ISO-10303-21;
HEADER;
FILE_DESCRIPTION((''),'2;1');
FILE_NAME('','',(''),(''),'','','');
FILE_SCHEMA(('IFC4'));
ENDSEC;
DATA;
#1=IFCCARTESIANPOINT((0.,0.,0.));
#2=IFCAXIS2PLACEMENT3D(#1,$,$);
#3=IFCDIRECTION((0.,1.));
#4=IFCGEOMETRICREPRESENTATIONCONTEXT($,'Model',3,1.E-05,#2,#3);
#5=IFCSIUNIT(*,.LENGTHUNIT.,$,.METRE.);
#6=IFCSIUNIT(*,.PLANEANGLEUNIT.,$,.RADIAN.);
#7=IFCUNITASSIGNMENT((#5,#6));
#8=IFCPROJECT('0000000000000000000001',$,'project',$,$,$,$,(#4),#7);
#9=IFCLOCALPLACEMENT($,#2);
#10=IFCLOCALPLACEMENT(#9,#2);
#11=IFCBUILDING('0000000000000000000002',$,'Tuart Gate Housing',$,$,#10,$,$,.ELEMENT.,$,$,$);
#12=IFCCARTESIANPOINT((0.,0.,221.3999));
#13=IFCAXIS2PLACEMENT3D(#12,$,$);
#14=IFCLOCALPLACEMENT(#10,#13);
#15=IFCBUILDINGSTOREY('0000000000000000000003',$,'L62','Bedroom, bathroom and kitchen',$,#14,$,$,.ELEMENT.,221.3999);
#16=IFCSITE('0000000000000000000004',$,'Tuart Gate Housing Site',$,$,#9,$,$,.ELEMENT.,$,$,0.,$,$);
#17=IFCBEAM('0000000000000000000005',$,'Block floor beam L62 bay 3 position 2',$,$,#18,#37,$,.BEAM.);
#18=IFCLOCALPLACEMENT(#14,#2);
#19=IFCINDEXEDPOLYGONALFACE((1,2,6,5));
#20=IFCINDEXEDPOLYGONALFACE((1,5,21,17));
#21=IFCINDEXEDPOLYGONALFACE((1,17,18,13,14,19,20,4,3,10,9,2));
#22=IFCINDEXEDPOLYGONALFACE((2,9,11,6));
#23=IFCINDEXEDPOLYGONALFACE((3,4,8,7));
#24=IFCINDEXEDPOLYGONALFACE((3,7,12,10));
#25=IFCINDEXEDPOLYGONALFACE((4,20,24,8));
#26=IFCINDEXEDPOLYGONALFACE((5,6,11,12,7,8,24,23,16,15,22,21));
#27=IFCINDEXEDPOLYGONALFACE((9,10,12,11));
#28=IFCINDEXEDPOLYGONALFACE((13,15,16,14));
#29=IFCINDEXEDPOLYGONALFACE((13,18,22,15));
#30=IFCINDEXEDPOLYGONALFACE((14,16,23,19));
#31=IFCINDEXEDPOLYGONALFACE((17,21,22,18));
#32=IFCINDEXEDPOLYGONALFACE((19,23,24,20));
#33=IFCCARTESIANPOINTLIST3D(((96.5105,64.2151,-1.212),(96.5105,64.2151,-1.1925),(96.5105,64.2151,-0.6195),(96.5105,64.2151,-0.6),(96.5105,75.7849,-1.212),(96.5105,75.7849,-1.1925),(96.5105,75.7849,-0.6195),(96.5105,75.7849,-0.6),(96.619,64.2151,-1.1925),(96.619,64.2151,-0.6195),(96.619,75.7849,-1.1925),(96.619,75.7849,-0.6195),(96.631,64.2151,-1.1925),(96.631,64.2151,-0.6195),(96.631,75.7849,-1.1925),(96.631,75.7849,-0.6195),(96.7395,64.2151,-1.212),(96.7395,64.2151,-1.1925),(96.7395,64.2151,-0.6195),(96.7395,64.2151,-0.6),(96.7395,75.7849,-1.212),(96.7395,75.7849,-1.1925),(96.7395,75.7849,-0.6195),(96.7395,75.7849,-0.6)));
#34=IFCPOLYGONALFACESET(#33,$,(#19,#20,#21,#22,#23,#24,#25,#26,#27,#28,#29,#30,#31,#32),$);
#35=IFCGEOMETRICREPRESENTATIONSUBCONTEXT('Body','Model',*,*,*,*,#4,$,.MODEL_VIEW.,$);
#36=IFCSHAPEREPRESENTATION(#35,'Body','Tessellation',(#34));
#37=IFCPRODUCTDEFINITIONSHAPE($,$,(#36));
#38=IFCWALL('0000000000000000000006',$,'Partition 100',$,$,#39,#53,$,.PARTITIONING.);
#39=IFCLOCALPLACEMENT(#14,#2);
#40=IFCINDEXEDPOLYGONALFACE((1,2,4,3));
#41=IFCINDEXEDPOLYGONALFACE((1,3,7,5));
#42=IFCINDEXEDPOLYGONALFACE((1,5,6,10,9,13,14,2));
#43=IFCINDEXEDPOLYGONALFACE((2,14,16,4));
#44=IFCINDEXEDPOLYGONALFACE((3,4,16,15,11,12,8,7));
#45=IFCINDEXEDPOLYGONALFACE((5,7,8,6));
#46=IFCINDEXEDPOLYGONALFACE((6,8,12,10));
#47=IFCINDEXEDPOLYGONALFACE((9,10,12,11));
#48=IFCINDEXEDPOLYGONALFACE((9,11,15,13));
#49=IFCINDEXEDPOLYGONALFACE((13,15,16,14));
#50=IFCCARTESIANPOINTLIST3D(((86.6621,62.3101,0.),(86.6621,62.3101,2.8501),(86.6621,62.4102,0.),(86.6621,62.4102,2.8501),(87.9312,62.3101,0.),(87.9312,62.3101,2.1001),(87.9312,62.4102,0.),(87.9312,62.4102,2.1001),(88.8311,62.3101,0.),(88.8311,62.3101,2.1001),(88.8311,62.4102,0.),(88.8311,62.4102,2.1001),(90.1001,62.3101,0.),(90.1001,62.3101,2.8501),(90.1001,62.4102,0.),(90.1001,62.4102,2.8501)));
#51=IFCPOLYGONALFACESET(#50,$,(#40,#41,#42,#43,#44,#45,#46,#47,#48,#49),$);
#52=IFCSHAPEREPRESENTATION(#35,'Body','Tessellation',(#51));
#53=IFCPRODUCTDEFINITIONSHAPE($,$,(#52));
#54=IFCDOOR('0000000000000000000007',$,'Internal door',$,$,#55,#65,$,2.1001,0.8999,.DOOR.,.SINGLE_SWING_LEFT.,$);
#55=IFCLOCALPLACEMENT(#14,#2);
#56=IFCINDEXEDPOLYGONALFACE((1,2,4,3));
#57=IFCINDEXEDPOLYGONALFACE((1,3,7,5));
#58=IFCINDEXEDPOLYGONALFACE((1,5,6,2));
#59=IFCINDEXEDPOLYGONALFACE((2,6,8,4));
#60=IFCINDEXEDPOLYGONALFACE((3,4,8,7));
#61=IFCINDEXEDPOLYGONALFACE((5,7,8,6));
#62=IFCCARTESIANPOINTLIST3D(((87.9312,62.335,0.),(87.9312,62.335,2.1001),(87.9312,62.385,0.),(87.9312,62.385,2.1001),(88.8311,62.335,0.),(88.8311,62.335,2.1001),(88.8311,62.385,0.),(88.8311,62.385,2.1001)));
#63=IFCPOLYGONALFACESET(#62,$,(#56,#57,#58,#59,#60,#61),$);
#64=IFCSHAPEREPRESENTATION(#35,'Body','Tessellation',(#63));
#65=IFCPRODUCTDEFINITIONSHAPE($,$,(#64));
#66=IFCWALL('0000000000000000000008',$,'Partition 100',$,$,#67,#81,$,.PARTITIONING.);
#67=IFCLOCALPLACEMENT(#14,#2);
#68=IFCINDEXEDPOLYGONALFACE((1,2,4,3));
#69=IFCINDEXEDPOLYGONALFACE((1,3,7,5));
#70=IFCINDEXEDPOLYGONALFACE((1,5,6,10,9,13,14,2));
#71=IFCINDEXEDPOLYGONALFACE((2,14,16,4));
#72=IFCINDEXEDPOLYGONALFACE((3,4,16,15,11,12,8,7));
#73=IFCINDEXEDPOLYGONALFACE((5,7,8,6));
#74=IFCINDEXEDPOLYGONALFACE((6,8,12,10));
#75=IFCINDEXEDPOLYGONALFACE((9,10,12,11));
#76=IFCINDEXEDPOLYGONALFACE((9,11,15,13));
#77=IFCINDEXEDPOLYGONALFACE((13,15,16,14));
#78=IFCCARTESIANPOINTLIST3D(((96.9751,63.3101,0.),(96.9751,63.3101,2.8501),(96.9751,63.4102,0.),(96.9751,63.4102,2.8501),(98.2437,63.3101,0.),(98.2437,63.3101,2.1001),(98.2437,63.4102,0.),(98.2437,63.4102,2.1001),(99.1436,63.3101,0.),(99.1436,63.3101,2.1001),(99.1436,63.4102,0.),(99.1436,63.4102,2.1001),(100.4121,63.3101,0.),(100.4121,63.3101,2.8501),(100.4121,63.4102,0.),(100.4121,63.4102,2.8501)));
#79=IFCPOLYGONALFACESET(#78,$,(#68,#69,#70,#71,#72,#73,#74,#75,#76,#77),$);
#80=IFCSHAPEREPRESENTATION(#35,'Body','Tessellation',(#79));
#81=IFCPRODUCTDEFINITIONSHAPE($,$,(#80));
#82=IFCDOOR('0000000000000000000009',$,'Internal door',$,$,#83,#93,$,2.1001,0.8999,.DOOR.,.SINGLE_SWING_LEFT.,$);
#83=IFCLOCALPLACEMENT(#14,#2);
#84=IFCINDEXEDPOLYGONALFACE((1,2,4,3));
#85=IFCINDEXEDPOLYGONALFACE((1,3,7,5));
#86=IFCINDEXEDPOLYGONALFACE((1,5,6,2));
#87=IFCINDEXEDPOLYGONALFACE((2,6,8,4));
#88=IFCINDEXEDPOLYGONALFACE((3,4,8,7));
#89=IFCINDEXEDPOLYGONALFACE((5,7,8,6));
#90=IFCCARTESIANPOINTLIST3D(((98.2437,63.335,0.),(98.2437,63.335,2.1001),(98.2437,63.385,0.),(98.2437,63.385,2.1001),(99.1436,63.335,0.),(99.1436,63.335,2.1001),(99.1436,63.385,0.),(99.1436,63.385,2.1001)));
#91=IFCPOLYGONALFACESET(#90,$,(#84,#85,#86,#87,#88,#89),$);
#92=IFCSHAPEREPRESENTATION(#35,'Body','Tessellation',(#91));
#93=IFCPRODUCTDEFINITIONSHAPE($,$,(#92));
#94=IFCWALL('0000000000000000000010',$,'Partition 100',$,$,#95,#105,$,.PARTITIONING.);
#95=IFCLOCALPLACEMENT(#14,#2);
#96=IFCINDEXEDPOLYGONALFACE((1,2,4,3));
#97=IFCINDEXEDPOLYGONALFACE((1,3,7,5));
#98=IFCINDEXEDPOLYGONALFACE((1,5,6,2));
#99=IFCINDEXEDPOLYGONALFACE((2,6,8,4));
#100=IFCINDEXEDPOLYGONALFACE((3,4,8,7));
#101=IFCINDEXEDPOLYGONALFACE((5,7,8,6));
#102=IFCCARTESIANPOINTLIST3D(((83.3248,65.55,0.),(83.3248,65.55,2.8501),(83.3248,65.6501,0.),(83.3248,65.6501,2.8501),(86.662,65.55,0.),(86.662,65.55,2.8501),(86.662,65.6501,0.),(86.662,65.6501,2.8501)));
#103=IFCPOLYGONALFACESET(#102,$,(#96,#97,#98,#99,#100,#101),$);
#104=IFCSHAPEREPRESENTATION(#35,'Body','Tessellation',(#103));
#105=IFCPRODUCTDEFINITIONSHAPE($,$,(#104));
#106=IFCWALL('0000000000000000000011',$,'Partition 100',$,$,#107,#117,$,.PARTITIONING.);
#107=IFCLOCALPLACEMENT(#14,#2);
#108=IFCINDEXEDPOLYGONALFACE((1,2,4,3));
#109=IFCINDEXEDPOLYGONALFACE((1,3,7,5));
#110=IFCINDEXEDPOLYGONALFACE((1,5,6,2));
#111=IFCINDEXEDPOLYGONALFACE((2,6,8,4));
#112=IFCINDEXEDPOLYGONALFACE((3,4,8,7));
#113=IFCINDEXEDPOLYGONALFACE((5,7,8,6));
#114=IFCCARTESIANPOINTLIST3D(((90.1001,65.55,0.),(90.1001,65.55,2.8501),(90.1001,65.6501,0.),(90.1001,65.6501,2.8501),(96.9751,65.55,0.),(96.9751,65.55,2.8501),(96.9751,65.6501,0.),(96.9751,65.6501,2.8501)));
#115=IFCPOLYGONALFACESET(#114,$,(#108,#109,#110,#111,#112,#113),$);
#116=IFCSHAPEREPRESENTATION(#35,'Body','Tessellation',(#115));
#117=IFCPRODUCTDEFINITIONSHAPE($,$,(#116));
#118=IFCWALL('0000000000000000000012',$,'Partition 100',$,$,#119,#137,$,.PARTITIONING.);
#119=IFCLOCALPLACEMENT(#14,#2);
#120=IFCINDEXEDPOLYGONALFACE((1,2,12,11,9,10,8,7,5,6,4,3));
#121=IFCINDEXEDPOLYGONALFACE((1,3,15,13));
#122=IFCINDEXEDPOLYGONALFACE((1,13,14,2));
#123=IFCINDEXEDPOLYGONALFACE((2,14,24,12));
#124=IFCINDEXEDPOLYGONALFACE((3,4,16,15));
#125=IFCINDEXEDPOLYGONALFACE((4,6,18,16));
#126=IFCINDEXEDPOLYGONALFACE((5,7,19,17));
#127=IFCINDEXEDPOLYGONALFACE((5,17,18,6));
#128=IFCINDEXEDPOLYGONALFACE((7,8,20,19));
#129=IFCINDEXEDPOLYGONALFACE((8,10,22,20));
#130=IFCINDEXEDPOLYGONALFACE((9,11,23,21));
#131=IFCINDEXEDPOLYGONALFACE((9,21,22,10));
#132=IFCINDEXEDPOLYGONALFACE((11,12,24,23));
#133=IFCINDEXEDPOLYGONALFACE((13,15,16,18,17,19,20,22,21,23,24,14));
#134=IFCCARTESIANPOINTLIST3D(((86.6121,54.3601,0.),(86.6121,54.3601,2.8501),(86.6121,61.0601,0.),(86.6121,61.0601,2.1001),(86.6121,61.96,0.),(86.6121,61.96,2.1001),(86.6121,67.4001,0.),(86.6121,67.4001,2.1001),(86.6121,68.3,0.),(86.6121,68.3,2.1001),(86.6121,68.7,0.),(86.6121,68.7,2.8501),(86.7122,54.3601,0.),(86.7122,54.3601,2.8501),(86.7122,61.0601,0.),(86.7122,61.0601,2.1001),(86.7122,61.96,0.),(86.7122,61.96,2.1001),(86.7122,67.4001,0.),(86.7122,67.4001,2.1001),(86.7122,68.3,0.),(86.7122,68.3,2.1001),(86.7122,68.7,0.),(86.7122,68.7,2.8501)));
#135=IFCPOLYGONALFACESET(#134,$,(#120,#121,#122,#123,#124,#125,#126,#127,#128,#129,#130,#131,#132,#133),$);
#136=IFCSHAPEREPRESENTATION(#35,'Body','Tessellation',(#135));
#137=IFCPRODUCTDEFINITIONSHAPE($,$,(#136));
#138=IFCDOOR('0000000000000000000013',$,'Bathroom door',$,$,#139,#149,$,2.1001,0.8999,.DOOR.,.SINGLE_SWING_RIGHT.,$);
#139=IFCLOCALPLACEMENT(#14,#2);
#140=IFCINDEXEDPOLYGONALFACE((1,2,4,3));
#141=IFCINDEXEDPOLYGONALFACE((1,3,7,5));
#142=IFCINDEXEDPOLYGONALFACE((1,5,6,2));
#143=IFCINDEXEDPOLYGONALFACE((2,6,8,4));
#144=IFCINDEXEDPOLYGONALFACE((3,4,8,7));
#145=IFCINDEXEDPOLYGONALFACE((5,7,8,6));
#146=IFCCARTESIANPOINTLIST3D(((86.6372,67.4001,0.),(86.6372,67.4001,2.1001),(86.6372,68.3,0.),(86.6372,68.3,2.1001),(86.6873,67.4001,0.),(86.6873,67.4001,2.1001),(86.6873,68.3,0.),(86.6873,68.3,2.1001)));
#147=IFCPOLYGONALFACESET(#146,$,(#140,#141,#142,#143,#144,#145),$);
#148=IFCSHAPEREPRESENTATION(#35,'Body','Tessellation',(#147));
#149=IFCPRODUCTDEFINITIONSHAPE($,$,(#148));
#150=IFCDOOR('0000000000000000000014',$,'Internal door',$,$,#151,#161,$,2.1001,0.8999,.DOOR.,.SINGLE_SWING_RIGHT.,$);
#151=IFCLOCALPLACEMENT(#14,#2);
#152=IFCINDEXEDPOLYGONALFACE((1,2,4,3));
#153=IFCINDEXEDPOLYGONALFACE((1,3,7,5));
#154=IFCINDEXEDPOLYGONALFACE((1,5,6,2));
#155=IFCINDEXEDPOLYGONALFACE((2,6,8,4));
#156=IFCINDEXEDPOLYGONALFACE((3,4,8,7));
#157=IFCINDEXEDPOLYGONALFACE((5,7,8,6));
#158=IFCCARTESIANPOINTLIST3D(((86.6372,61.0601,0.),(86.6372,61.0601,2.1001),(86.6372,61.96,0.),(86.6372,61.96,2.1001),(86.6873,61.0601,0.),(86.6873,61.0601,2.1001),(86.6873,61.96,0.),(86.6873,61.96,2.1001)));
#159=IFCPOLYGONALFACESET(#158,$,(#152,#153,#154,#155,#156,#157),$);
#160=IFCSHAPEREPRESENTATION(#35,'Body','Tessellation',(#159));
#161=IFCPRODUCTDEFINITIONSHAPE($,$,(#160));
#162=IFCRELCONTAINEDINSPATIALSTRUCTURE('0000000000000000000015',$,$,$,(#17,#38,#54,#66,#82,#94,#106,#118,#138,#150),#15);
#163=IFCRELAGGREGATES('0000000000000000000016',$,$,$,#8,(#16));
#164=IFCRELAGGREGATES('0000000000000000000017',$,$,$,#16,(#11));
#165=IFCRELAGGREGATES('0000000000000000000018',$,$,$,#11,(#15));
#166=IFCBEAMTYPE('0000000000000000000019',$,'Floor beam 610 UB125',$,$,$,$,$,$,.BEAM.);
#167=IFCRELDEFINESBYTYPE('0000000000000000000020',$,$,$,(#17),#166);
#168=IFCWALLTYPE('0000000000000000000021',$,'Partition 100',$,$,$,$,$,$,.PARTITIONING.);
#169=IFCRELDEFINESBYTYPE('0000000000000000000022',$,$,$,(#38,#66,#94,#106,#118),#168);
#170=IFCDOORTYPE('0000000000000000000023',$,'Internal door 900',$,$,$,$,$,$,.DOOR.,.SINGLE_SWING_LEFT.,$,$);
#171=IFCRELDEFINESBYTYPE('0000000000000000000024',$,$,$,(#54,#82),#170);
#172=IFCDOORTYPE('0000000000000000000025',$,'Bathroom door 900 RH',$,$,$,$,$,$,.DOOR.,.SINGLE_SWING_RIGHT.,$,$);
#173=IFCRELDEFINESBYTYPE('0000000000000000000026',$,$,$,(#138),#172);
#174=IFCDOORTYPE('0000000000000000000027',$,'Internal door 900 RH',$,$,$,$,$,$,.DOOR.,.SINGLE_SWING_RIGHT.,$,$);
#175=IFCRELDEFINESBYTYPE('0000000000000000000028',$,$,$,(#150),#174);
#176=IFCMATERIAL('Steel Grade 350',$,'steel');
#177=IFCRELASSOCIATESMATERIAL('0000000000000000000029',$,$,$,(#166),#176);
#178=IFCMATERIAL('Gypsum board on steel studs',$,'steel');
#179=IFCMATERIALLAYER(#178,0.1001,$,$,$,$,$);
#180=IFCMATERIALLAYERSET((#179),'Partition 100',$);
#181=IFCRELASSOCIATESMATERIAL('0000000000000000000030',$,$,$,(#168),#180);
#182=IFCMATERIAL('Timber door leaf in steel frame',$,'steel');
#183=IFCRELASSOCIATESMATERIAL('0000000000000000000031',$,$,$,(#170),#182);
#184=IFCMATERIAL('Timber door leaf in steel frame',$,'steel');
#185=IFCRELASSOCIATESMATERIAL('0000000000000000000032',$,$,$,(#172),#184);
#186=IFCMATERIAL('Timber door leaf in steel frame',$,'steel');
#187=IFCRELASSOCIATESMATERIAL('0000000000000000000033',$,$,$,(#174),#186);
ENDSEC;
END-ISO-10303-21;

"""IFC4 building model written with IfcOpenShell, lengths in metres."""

from ifc_helpers import new_model, si_unit, direction, frame, frame_2d, origin, origin_2d, place, context, subcontext, project, spatial, rectangle, i_section, extrude, material, layer, layer_set, material_profile, profile_set, type_object, element, fill, save


model = new_model("IFC4")

# Units and contexts
model_context = context("Model", 3, precision=1e-05, world=origin(), true_north=direction((0.0, 1.0)))
body_context = subcontext(model_context, "Body", "Model", "MODEL_VIEW")
ifc_project = project(units=[si_unit("LENGTHUNIT", "METRE"), si_unit("PLANEANGLEUNIT", "RADIAN")], contexts=[model_context])

# Site, building, storey
site_placement = place(None, origin())
site = spatial("IfcSite", under=ifc_project, at=site_placement, Name="Tuart Gate Housing Site", CompositionType="ELEMENT", RefElevation=0.0)
building_placement = place(site_placement, origin())
building = spatial("IfcBuilding", under=site, at=building_placement, Name="Tuart Gate Housing", CompositionType="ELEMENT")
storey_placement = place(building_placement, frame((0.0, 0.0, 221.3999)))
storey = spatial("IfcBuildingStorey", under=building, at=storey_placement, Name="L62", Description="Bedroom, bathroom and kitchen", CompositionType="ELEMENT", Elevation=221.3999)

# Beam
ifc_material_1 = material(Name="Steel Grade 350", Category="steel")
ifc_material_profile_1 = material_profile(ifc_material_1, i_section(OverallWidth=0.229, OverallDepth=0.6121, WebThickness=0.012, FlangeThickness=0.0195, at=origin_2d()), Name="610UB125")
ifc_profile_set_1 = profile_set([ifc_material_profile_1], Name="Steel Grade 350")
beam_type_1 = type_object("IfcBeamType", Name="Floor beam 610 UB125", PredefinedType="BEAM", material=ifc_profile_set_1)
for number, where, z_axis, x_axis, name in (
    (1, (96.625, 64.2151, -0.906), (0.0, 1.0, 0.0), (-1.0, 0.0, 0.0), "Block floor beam L62 bay 3 position 2"),
):
    element("IfcBeam", number, at=place(storey_placement, frame(where, z_axis=z_axis, x_axis=x_axis)), inside=storey, type_object=beam_type_1, Name=name, PredefinedType="BEAM", context=body_context, shape_type="SweptSolid", body=[
        extrude(i_section(OverallWidth=0.229, OverallDepth=0.6121, WebThickness=0.012, FlangeThickness=0.0195, at=origin_2d()), origin(), (0.0, 0.0, 1.0), 11.5698),
    ])

# Walls, openings, doors
ifc_material_2 = material(Name="Gypsum board on steel studs", Category="steel")
ifc_layer_1 = layer(ifc_material_2, 0.1001)
ifc_layer_set_1 = layer_set([ifc_layer_1], Name="Partition 100")
wall_type_1 = type_object("IfcWallType", Name="Partition 100", PredefinedType="PARTITIONING", material=ifc_layer_set_1)
wall_1_placement = place(storey_placement, frame((86.6621, 62.3601, 0.0), z_axis=(0.0, 0.0, 1.0), x_axis=(1.0, 0.0, 0.0)))
wall_1 = element("IfcWall", 2, at=wall_1_placement, inside=storey, type_object=wall_type_1, Name="Partition 100", PredefinedType="PARTITIONING", context=body_context, shape_type="SweptSolid", body=[
    extrude(rectangle(XDim=3.438, YDim=0.1001, at=frame_2d((1.719, 0.0))), origin(), (0.0, 0.0, 1.0), 2.8501),
])
opening_1_placement = place(wall_1_placement, frame((1.269, 0.0, 0.0)))
opening_1 = element("IfcOpeningElement", 3, at=opening_1_placement, cuts=wall_1, PredefinedType="OPENING", context=body_context, shape_type="SweptSolid", body=[
    extrude(rectangle(XDim=0.8999, YDim=2.1001, at=frame_2d((0.45, 1.05))), frame((0.0, 0.0601, 0.0), z_axis=(0.0, -1.0, 0.0), x_axis=(1.0, 0.0, 0.0)), (0.0, 0.0, 1.0), 0.1201),
])
ifc_material_3 = material(Name="Timber door leaf in steel frame", Category="steel")
door_type_1 = type_object("IfcDoorType", Name="Internal door 900", OperationType="SINGLE_SWING_LEFT", PredefinedType="DOOR", material=ifc_material_3)
door_1_placement = place(opening_1_placement, origin())
door_1 = element("IfcDoor", 4, at=door_1_placement, inside=storey, type_object=door_type_1, Name="Internal door", OperationType="SINGLE_SWING_LEFT", OverallHeight=2.1001, OverallWidth=0.8999, PredefinedType="DOOR", context=body_context, shape_type="SweptSolid", body=[
    extrude(rectangle(XDim=0.8999, YDim=2.1001, at=frame_2d((0.45, 1.05))), frame((0.0, 0.0249, 0.0), z_axis=(0.0, -1.0, 0.0), x_axis=(1.0, 0.0, 0.0)), (0.0, 0.0, 1.0), 0.05),
])
fill(opening_1, door_1)
wall_2_placement = place(storey_placement, frame((96.9751, 63.3601, 0.0), z_axis=(0.0, 0.0, 1.0), x_axis=(1.0, 0.0, 0.0)))
wall_2 = element("IfcWall", 5, at=wall_2_placement, inside=storey, type_object=wall_type_1, Name="Partition 100", PredefinedType="PARTITIONING", context=body_context, shape_type="SweptSolid", body=[
    extrude(rectangle(XDim=3.437, YDim=0.1001, at=frame_2d((1.7185, 0.0))), origin(), (0.0, 0.0, 1.0), 2.8501),
])
opening_2_placement = place(wall_2_placement, frame((1.2686, 0.0, 0.0)))
opening_2 = element("IfcOpeningElement", 6, at=opening_2_placement, cuts=wall_2, PredefinedType="OPENING", context=body_context, shape_type="SweptSolid", body=[
    extrude(rectangle(XDim=0.8999, YDim=2.1001, at=frame_2d((0.45, 1.05))), frame((0.0, 0.0601, 0.0), z_axis=(0.0, -1.0, 0.0), x_axis=(1.0, 0.0, 0.0)), (0.0, 0.0, 1.0), 0.1201),
])
door_2_placement = place(opening_2_placement, origin())
door_2 = element("IfcDoor", 7, at=door_2_placement, inside=storey, type_object=door_type_1, Name="Internal door", OperationType="SINGLE_SWING_LEFT", OverallHeight=2.1001, OverallWidth=0.8999, PredefinedType="DOOR", context=body_context, shape_type="SweptSolid", body=[
    extrude(rectangle(XDim=0.8999, YDim=2.1001, at=frame_2d((0.45, 1.05))), frame((0.0, 0.0249, 0.0), z_axis=(0.0, -1.0, 0.0), x_axis=(1.0, 0.0, 0.0)), (0.0, 0.0, 1.0), 0.05),
])
fill(opening_2, door_2)

# Walls
wall_3_placement = place(storey_placement, frame((83.325, 65.6001, 0.0), z_axis=(0.0, 0.0, 1.0), x_axis=(1.0, 0.0, 0.0)))
element("IfcWall", 8, at=wall_3_placement, inside=storey, type_object=wall_type_1, Name="Partition 100", PredefinedType="PARTITIONING", context=body_context, shape_type="SweptSolid", body=[
    extrude(rectangle(XDim=3.3372, YDim=0.1001, at=frame_2d((1.6685, 0.0))), origin(), (0.0, 0.0, 1.0), 2.8501),
])
wall_4_placement = place(storey_placement, frame((90.1001, 65.6001, 0.0), z_axis=(0.0, 0.0, 1.0), x_axis=(1.0, 0.0, 0.0)))
element("IfcWall", 9, at=wall_4_placement, inside=storey, type_object=wall_type_1, Name="Partition 100", PredefinedType="PARTITIONING", context=body_context, shape_type="SweptSolid", body=[
    extrude(rectangle(XDim=6.875, YDim=0.1001, at=frame_2d((3.4375, 0.0))), origin(), (0.0, 0.0, 1.0), 2.8501),
])

# Wall, openings, doors
wall_5_placement = place(storey_placement, frame((86.6621, 54.3601, 0.0), z_axis=(0.0, 0.0, 1.0), x_axis=(0.0, 1.0, 0.0)))
wall_5 = element("IfcWall", 10, at=wall_5_placement, inside=storey, type_object=wall_type_1, Name="Partition 100", PredefinedType="PARTITIONING", context=body_context, shape_type="SweptSolid", body=[
    extrude(rectangle(XDim=14.3398, YDim=0.1001, at=frame_2d((7.1699, 0.0))), origin(), (0.0, 0.0, 1.0), 2.8501),
])
opening_3_placement = place(wall_5_placement, frame((6.7, 0.0, 0.0)))
opening_3 = element("IfcOpeningElement", 11, at=opening_3_placement, cuts=wall_5, PredefinedType="OPENING", context=body_context, shape_type="SweptSolid", body=[
    extrude(rectangle(XDim=0.8999, YDim=2.1001, at=frame_2d((0.45, 1.05))), frame((0.0, 0.0601, 0.0), z_axis=(0.0, -1.0, 0.0), x_axis=(1.0, 0.0, 0.0)), (0.0, 0.0, 1.0), 0.1201),
])
opening_4_placement = place(wall_5_placement, frame((13.04, 0.0, 0.0)))
opening_4 = element("IfcOpeningElement", 12, at=opening_4_placement, cuts=wall_5, PredefinedType="OPENING", context=body_context, shape_type="SweptSolid", body=[
    extrude(rectangle(XDim=0.8999, YDim=2.1001, at=frame_2d((0.45, 1.05))), frame((0.0, 0.0601, 0.0), z_axis=(0.0, -1.0, 0.0), x_axis=(1.0, 0.0, 0.0)), (0.0, 0.0, 1.0), 0.1201),
])
ifc_material_4 = material(Name="Timber door leaf in steel frame", Category="steel")
door_type_2 = type_object("IfcDoorType", Name="Bathroom door 900 RH", OperationType="SINGLE_SWING_RIGHT", PredefinedType="DOOR", material=ifc_material_4)
door_3_placement = place(opening_4_placement, origin())
door_3 = element("IfcDoor", 13, at=door_3_placement, inside=storey, type_object=door_type_2, Name="Bathroom door", OperationType="SINGLE_SWING_RIGHT", OverallHeight=2.1001, OverallWidth=0.8999, PredefinedType="DOOR", context=body_context, shape_type="SweptSolid", body=[
    extrude(rectangle(XDim=0.8999, YDim=2.1001, at=frame_2d((0.45, 1.05))), frame((0.0, 0.0249, 0.0), z_axis=(0.0, -1.0, 0.0), x_axis=(1.0, 0.0, 0.0)), (0.0, 0.0, 1.0), 0.05),
])
fill(opening_4, door_3)
ifc_material_5 = material(Name="Timber door leaf in steel frame", Category="steel")
door_type_3 = type_object("IfcDoorType", Name="Internal door 900 RH", OperationType="SINGLE_SWING_RIGHT", PredefinedType="DOOR", material=ifc_material_5)
door_4_placement = place(opening_3_placement, origin())
door_4 = element("IfcDoor", 14, at=door_4_placement, inside=storey, type_object=door_type_3, Name="Internal door", OperationType="SINGLE_SWING_RIGHT", OverallHeight=2.1001, OverallWidth=0.8999, PredefinedType="DOOR", context=body_context, shape_type="SweptSolid", body=[
    extrude(rectangle(XDim=0.8999, YDim=2.1001, at=frame_2d((0.45, 1.05))), frame((0.0, 0.0249, 0.0), z_axis=(0.0, -1.0, 0.0), x_axis=(1.0, 0.0, 0.0)), (0.0, 0.0, 1.0), 0.05),
])
fill(opening_3, door_4)

save(model, "model.ifc")
